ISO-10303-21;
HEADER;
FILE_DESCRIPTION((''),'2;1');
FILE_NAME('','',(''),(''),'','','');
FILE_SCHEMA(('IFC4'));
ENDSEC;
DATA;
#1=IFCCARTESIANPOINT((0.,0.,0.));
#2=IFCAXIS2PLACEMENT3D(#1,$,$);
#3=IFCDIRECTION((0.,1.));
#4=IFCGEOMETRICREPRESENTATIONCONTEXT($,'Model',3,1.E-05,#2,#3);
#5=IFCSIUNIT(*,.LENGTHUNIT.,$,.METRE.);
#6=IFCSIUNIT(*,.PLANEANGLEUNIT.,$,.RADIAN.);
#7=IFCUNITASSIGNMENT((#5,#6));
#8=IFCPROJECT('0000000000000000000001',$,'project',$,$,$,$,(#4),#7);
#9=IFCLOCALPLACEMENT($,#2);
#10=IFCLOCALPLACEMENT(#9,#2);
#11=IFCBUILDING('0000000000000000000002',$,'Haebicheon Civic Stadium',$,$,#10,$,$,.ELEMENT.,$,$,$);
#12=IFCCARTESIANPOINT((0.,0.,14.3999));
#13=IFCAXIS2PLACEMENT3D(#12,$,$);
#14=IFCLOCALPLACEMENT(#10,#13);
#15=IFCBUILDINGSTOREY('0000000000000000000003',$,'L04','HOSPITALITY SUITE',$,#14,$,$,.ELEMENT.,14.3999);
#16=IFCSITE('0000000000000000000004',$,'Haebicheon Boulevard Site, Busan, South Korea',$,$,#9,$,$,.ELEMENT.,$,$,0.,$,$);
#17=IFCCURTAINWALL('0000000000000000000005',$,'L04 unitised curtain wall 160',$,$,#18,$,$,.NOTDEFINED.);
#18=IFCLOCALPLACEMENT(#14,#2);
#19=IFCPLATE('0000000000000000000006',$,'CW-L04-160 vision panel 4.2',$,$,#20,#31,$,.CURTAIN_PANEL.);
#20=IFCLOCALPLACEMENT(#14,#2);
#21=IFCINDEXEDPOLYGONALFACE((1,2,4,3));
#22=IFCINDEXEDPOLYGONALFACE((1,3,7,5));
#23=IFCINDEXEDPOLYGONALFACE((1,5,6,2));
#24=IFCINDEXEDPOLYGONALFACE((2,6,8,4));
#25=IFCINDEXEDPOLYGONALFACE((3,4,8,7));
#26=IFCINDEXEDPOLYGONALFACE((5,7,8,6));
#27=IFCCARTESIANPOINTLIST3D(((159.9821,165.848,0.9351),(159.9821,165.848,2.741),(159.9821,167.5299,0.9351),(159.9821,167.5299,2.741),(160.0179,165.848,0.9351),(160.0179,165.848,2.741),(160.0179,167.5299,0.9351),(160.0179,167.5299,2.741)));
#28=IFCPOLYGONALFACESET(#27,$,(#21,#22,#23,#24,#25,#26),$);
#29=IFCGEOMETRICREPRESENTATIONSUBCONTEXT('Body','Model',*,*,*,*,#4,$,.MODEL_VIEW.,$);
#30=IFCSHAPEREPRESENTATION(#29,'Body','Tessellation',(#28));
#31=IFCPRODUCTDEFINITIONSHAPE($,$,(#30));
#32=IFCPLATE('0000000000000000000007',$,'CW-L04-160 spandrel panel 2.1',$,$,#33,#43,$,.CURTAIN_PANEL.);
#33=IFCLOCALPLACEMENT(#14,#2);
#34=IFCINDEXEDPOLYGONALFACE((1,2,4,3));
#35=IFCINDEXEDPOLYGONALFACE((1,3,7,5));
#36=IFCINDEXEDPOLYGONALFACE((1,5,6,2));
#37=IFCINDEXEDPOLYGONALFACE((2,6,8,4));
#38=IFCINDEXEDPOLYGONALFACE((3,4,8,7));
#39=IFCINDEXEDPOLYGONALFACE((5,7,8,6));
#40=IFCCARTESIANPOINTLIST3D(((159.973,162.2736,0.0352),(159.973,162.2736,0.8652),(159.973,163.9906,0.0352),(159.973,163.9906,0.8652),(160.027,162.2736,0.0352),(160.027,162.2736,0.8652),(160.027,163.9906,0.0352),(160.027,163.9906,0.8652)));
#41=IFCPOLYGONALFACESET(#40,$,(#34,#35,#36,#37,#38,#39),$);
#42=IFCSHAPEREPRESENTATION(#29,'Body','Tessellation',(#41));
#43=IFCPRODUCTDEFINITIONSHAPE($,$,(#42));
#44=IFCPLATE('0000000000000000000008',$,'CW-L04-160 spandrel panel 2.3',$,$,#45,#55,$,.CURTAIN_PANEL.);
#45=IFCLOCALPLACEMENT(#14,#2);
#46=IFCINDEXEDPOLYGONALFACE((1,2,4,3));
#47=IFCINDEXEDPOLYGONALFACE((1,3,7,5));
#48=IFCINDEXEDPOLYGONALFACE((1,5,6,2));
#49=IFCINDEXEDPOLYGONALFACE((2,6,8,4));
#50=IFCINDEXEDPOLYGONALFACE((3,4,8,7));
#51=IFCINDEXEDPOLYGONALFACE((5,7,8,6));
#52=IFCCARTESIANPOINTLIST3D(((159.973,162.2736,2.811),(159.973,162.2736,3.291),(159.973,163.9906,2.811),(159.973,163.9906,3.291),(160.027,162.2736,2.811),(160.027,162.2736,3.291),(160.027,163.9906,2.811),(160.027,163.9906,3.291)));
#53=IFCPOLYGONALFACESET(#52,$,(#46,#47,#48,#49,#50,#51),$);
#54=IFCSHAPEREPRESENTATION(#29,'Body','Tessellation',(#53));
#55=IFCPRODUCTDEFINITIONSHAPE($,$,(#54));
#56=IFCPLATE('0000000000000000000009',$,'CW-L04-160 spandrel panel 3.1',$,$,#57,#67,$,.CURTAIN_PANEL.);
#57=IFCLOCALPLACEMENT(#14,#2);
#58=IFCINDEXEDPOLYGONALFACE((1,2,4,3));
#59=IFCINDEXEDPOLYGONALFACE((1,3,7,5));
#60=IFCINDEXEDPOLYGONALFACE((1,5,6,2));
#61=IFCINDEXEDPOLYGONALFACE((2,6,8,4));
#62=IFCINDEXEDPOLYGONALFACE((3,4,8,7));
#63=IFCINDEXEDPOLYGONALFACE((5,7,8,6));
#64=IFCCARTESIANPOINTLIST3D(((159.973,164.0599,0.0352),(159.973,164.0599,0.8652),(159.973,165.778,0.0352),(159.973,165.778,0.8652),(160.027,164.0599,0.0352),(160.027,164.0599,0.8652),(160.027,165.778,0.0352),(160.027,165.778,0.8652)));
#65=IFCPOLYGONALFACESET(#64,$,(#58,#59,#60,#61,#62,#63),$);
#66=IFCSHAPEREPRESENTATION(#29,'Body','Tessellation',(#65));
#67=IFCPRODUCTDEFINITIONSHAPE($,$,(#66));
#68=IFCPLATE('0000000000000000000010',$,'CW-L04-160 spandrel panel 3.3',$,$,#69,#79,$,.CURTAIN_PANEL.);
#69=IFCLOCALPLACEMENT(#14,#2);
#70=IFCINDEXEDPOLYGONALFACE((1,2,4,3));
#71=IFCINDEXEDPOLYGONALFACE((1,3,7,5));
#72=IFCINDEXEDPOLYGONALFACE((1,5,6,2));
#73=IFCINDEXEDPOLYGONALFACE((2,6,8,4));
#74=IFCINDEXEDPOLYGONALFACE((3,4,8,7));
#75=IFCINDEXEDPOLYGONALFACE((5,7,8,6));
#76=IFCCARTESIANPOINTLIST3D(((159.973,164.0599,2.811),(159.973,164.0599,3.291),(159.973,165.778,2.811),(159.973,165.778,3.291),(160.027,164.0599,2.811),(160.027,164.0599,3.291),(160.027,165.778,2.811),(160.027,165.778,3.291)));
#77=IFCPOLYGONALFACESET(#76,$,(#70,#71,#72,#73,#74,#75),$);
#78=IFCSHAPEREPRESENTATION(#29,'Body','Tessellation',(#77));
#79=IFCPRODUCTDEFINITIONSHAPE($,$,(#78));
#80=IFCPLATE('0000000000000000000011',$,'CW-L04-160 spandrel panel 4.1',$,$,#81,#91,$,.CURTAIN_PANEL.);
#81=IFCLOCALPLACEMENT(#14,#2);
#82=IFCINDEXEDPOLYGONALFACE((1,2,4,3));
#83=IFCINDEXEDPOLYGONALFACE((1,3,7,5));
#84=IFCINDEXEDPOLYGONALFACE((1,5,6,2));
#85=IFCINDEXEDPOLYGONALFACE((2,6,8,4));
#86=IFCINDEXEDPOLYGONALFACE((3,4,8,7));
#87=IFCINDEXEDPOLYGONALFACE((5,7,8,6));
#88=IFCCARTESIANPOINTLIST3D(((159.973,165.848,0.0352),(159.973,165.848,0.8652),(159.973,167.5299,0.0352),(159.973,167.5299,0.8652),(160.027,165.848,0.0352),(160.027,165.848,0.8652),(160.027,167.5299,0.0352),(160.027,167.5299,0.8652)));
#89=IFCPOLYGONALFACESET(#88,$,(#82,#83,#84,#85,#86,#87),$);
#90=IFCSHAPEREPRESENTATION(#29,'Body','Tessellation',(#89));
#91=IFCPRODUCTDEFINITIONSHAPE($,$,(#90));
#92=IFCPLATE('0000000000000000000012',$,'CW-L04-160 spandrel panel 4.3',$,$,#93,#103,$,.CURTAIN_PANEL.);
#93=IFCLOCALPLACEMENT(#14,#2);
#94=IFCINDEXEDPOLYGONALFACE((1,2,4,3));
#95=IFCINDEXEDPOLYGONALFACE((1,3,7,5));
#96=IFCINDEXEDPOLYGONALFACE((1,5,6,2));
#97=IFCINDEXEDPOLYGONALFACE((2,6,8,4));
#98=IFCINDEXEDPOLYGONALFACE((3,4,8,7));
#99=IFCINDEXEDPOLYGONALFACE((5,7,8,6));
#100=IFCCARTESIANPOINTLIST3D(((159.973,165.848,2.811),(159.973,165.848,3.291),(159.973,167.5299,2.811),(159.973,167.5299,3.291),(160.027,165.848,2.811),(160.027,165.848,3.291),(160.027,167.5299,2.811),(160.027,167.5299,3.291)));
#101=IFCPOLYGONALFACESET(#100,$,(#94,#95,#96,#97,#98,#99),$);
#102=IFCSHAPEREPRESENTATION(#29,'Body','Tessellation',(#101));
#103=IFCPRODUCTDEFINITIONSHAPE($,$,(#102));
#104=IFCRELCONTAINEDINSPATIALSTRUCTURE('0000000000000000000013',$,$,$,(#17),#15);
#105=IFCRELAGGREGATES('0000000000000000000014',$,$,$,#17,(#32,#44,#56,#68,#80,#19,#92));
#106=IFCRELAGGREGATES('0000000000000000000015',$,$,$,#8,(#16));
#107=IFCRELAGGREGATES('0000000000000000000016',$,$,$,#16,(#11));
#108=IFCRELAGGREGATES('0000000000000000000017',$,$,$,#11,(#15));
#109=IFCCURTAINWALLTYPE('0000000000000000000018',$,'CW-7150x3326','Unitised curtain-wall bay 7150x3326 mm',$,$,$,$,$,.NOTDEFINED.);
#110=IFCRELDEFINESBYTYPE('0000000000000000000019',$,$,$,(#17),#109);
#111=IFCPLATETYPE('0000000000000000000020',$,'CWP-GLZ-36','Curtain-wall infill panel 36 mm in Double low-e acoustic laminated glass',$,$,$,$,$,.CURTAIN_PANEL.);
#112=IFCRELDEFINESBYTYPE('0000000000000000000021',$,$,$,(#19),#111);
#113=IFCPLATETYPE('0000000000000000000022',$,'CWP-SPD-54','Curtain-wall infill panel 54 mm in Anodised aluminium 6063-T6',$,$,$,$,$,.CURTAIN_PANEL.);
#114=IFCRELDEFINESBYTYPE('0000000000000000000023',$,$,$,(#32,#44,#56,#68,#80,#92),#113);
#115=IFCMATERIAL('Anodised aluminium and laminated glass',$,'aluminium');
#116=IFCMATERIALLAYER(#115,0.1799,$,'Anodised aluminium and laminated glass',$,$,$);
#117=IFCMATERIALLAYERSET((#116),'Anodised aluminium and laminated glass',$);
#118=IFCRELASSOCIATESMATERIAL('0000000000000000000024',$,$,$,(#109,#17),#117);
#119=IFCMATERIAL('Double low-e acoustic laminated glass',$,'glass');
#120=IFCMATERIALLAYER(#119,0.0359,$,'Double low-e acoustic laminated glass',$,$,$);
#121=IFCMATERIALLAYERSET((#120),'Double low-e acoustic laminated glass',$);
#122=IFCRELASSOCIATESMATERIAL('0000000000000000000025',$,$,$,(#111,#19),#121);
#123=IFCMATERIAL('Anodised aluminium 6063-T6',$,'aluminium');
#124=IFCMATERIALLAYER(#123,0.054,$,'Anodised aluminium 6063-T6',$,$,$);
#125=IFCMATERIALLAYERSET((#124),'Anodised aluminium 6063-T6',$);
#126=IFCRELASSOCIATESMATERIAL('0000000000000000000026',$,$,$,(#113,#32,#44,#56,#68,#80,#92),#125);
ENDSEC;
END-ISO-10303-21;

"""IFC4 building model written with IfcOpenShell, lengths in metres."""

from ifc_helpers import new_model, si_unit, direction, frame, origin, origin_2d, place, context, subcontext, project, spatial, rectangle, extrude, material, layer, layer_set, type_object, element, aggregate, save


model = new_model("IFC4")

# Units and contexts
model_context = context("Model", 3, precision=1e-05, world=origin(), true_north=direction((0.0, 1.0)))
body_context = subcontext(model_context, "Body", "Model", "MODEL_VIEW")
ifc_project = project(units=[si_unit("LENGTHUNIT", "METRE"), si_unit("PLANEANGLEUNIT", "RADIAN")], contexts=[model_context])

# Site, building, storey
site_placement = place(None, origin())
site = spatial("IfcSite", under=ifc_project, at=site_placement, Name="Haebicheon Boulevard Site, Busan, South Korea", CompositionType="ELEMENT", RefElevation=0.0)
building_placement = place(site_placement, origin())
building = spatial("IfcBuilding", under=site, at=building_placement, Name="Haebicheon Civic Stadium", CompositionType="ELEMENT")
storey_placement = place(building_placement, frame((0.0, 0.0, 14.3999)))
storey = spatial("IfcBuildingStorey", under=building, at=storey_placement, Name="L04", Description="HOSPITALITY SUITE", CompositionType="ELEMENT", Elevation=14.3999)

# Curtain wall
ifc_material_1 = material(Name="Anodised aluminium and laminated glass", Category="aluminium")
ifc_layer_1 = layer(ifc_material_1, 0.1799, Name="Anodised aluminium and laminated glass")
ifc_layer_set_1 = layer_set([ifc_layer_1], Name="Anodised aluminium and laminated glass")
curtain_wall_type = type_object("IfcCurtainWallType", Name="CW-7150x3326", Description="Unitised curtain-wall bay 7150x3326 mm", PredefinedType="NOTDEFINED", material=ifc_layer_set_1)
curtain_wall_placement = place(storey_placement, origin())
curtain_wall = element("IfcCurtainWall", 1, at=curtain_wall_placement, inside=storey, type_object=curtain_wall_type, material=ifc_layer_set_1, Name="L04 unitised curtain wall 160", PredefinedType="NOTDEFINED")

# Plates
ifc_material_2 = material(Name="Double low-e acoustic laminated glass", Category="glass")
ifc_layer_2 = layer(ifc_material_2, 0.0359, Name="Double low-e acoustic laminated glass")
ifc_layer_set_2 = layer_set([ifc_layer_2], Name="Double low-e acoustic laminated glass")
plate_type_1 = type_object("IfcPlateType", Name="CWP-GLZ-36", Description="Curtain-wall infill panel 36 mm in Double low-e acoustic laminated glass", PredefinedType="CURTAIN_PANEL", material=ifc_layer_set_2)
plate_1_placement = place(storey_placement, frame((160.0, 166.689, 0.9351), z_axis=(0.0, 0.0, 1.0), x_axis=(0.0, 1.0, 0.0)))
plate_1 = element("IfcPlate", 2, at=plate_1_placement, type_object=plate_type_1, material=ifc_layer_set_2, Name="CW-L04-160 vision panel 4.2", PredefinedType="CURTAIN_PANEL", context=body_context, shape_type="SweptSolid", body=[
    extrude(rectangle(XDim=1.6819, YDim=0.0359, at=origin_2d()), origin(), (0.0, 0.0, 1.0), 1.8059),
])
ifc_material_3 = material(Name="Anodised aluminium 6063-T6", Category="aluminium")
ifc_layer_3 = layer(ifc_material_3, 0.054, Name="Anodised aluminium 6063-T6")
ifc_layer_set_3 = layer_set([ifc_layer_3], Name="Anodised aluminium 6063-T6")
plate_type_2 = type_object("IfcPlateType", Name="CWP-SPD-54", Description="Curtain-wall infill panel 54 mm in Anodised aluminium 6063-T6", PredefinedType="CURTAIN_PANEL", material=ifc_layer_set_3)
plate_2_placement = place(storey_placement, frame((160.0, 163.1321, 0.0352), z_axis=(0.0, 0.0, 1.0), x_axis=(0.0, 1.0, 0.0)))
plate_2 = element("IfcPlate", 3, at=plate_2_placement, type_object=plate_type_2, material=ifc_layer_set_3, Name="CW-L04-160 spandrel panel 2.1", PredefinedType="CURTAIN_PANEL", context=body_context, shape_type="SweptSolid", body=[
    extrude(rectangle(XDim=1.717, YDim=0.054, at=origin_2d()), origin(), (0.0, 0.0, 1.0), 0.8301),
])
plate_3_placement = place(storey_placement, frame((160.0, 163.1321, 2.811), z_axis=(0.0, 0.0, 1.0), x_axis=(0.0, 1.0, 0.0)))
plate_3 = element("IfcPlate", 4, at=plate_3_placement, type_object=plate_type_2, material=ifc_layer_set_3, Name="CW-L04-160 spandrel panel 2.3", PredefinedType="CURTAIN_PANEL", context=body_context, shape_type="SweptSolid", body=[
    extrude(rectangle(XDim=1.717, YDim=0.054, at=origin_2d()), origin(), (0.0, 0.0, 1.0), 0.48),
])
plate_4_placement = place(storey_placement, frame((160.0, 164.9189, 0.0352), z_axis=(0.0, 0.0, 1.0), x_axis=(0.0, 1.0, 0.0)))
plate_4 = element("IfcPlate", 5, at=plate_4_placement, type_object=plate_type_2, material=ifc_layer_set_3, Name="CW-L04-160 spandrel panel 3.1", PredefinedType="CURTAIN_PANEL", context=body_context, shape_type="SweptSolid", body=[
    extrude(rectangle(XDim=1.718, YDim=0.054, at=origin_2d()), origin(), (0.0, 0.0, 1.0), 0.8301),
])
plate_5_placement = place(storey_placement, frame((160.0, 164.9189, 2.811), z_axis=(0.0, 0.0, 1.0), x_axis=(0.0, 1.0, 0.0)))
plate_5 = element("IfcPlate", 6, at=plate_5_placement, type_object=plate_type_2, material=ifc_layer_set_3, Name="CW-L04-160 spandrel panel 3.3", PredefinedType="CURTAIN_PANEL", context=body_context, shape_type="SweptSolid", body=[
    extrude(rectangle(XDim=1.718, YDim=0.054, at=origin_2d()), origin(), (0.0, 0.0, 1.0), 0.48),
])
plate_6_placement = place(storey_placement, frame((160.0, 166.689, 0.0352), z_axis=(0.0, 0.0, 1.0), x_axis=(0.0, 1.0, 0.0)))
plate_6 = element("IfcPlate", 7, at=plate_6_placement, type_object=plate_type_2, material=ifc_layer_set_3, Name="CW-L04-160 spandrel panel 4.1", PredefinedType="CURTAIN_PANEL", context=body_context, shape_type="SweptSolid", body=[
    extrude(rectangle(XDim=1.6819, YDim=0.054, at=origin_2d()), origin(), (0.0, 0.0, 1.0), 0.8301),
])
plate_7_placement = place(storey_placement, frame((160.0, 166.689, 2.811), z_axis=(0.0, 0.0, 1.0), x_axis=(0.0, 1.0, 0.0)))
plate_7 = element("IfcPlate", 8, at=plate_7_placement, type_object=plate_type_2, material=ifc_layer_set_3, Name="CW-L04-160 spandrel panel 4.3", PredefinedType="CURTAIN_PANEL", context=body_context, shape_type="SweptSolid", body=[
    extrude(rectangle(XDim=1.6819, YDim=0.054, at=origin_2d()), origin(), (0.0, 0.0, 1.0), 0.48),
])
aggregate(curtain_wall, [plate_2, plate_3, plate_4, plate_5, plate_6, plate_1, plate_7])

save(model, "model.ifc")
